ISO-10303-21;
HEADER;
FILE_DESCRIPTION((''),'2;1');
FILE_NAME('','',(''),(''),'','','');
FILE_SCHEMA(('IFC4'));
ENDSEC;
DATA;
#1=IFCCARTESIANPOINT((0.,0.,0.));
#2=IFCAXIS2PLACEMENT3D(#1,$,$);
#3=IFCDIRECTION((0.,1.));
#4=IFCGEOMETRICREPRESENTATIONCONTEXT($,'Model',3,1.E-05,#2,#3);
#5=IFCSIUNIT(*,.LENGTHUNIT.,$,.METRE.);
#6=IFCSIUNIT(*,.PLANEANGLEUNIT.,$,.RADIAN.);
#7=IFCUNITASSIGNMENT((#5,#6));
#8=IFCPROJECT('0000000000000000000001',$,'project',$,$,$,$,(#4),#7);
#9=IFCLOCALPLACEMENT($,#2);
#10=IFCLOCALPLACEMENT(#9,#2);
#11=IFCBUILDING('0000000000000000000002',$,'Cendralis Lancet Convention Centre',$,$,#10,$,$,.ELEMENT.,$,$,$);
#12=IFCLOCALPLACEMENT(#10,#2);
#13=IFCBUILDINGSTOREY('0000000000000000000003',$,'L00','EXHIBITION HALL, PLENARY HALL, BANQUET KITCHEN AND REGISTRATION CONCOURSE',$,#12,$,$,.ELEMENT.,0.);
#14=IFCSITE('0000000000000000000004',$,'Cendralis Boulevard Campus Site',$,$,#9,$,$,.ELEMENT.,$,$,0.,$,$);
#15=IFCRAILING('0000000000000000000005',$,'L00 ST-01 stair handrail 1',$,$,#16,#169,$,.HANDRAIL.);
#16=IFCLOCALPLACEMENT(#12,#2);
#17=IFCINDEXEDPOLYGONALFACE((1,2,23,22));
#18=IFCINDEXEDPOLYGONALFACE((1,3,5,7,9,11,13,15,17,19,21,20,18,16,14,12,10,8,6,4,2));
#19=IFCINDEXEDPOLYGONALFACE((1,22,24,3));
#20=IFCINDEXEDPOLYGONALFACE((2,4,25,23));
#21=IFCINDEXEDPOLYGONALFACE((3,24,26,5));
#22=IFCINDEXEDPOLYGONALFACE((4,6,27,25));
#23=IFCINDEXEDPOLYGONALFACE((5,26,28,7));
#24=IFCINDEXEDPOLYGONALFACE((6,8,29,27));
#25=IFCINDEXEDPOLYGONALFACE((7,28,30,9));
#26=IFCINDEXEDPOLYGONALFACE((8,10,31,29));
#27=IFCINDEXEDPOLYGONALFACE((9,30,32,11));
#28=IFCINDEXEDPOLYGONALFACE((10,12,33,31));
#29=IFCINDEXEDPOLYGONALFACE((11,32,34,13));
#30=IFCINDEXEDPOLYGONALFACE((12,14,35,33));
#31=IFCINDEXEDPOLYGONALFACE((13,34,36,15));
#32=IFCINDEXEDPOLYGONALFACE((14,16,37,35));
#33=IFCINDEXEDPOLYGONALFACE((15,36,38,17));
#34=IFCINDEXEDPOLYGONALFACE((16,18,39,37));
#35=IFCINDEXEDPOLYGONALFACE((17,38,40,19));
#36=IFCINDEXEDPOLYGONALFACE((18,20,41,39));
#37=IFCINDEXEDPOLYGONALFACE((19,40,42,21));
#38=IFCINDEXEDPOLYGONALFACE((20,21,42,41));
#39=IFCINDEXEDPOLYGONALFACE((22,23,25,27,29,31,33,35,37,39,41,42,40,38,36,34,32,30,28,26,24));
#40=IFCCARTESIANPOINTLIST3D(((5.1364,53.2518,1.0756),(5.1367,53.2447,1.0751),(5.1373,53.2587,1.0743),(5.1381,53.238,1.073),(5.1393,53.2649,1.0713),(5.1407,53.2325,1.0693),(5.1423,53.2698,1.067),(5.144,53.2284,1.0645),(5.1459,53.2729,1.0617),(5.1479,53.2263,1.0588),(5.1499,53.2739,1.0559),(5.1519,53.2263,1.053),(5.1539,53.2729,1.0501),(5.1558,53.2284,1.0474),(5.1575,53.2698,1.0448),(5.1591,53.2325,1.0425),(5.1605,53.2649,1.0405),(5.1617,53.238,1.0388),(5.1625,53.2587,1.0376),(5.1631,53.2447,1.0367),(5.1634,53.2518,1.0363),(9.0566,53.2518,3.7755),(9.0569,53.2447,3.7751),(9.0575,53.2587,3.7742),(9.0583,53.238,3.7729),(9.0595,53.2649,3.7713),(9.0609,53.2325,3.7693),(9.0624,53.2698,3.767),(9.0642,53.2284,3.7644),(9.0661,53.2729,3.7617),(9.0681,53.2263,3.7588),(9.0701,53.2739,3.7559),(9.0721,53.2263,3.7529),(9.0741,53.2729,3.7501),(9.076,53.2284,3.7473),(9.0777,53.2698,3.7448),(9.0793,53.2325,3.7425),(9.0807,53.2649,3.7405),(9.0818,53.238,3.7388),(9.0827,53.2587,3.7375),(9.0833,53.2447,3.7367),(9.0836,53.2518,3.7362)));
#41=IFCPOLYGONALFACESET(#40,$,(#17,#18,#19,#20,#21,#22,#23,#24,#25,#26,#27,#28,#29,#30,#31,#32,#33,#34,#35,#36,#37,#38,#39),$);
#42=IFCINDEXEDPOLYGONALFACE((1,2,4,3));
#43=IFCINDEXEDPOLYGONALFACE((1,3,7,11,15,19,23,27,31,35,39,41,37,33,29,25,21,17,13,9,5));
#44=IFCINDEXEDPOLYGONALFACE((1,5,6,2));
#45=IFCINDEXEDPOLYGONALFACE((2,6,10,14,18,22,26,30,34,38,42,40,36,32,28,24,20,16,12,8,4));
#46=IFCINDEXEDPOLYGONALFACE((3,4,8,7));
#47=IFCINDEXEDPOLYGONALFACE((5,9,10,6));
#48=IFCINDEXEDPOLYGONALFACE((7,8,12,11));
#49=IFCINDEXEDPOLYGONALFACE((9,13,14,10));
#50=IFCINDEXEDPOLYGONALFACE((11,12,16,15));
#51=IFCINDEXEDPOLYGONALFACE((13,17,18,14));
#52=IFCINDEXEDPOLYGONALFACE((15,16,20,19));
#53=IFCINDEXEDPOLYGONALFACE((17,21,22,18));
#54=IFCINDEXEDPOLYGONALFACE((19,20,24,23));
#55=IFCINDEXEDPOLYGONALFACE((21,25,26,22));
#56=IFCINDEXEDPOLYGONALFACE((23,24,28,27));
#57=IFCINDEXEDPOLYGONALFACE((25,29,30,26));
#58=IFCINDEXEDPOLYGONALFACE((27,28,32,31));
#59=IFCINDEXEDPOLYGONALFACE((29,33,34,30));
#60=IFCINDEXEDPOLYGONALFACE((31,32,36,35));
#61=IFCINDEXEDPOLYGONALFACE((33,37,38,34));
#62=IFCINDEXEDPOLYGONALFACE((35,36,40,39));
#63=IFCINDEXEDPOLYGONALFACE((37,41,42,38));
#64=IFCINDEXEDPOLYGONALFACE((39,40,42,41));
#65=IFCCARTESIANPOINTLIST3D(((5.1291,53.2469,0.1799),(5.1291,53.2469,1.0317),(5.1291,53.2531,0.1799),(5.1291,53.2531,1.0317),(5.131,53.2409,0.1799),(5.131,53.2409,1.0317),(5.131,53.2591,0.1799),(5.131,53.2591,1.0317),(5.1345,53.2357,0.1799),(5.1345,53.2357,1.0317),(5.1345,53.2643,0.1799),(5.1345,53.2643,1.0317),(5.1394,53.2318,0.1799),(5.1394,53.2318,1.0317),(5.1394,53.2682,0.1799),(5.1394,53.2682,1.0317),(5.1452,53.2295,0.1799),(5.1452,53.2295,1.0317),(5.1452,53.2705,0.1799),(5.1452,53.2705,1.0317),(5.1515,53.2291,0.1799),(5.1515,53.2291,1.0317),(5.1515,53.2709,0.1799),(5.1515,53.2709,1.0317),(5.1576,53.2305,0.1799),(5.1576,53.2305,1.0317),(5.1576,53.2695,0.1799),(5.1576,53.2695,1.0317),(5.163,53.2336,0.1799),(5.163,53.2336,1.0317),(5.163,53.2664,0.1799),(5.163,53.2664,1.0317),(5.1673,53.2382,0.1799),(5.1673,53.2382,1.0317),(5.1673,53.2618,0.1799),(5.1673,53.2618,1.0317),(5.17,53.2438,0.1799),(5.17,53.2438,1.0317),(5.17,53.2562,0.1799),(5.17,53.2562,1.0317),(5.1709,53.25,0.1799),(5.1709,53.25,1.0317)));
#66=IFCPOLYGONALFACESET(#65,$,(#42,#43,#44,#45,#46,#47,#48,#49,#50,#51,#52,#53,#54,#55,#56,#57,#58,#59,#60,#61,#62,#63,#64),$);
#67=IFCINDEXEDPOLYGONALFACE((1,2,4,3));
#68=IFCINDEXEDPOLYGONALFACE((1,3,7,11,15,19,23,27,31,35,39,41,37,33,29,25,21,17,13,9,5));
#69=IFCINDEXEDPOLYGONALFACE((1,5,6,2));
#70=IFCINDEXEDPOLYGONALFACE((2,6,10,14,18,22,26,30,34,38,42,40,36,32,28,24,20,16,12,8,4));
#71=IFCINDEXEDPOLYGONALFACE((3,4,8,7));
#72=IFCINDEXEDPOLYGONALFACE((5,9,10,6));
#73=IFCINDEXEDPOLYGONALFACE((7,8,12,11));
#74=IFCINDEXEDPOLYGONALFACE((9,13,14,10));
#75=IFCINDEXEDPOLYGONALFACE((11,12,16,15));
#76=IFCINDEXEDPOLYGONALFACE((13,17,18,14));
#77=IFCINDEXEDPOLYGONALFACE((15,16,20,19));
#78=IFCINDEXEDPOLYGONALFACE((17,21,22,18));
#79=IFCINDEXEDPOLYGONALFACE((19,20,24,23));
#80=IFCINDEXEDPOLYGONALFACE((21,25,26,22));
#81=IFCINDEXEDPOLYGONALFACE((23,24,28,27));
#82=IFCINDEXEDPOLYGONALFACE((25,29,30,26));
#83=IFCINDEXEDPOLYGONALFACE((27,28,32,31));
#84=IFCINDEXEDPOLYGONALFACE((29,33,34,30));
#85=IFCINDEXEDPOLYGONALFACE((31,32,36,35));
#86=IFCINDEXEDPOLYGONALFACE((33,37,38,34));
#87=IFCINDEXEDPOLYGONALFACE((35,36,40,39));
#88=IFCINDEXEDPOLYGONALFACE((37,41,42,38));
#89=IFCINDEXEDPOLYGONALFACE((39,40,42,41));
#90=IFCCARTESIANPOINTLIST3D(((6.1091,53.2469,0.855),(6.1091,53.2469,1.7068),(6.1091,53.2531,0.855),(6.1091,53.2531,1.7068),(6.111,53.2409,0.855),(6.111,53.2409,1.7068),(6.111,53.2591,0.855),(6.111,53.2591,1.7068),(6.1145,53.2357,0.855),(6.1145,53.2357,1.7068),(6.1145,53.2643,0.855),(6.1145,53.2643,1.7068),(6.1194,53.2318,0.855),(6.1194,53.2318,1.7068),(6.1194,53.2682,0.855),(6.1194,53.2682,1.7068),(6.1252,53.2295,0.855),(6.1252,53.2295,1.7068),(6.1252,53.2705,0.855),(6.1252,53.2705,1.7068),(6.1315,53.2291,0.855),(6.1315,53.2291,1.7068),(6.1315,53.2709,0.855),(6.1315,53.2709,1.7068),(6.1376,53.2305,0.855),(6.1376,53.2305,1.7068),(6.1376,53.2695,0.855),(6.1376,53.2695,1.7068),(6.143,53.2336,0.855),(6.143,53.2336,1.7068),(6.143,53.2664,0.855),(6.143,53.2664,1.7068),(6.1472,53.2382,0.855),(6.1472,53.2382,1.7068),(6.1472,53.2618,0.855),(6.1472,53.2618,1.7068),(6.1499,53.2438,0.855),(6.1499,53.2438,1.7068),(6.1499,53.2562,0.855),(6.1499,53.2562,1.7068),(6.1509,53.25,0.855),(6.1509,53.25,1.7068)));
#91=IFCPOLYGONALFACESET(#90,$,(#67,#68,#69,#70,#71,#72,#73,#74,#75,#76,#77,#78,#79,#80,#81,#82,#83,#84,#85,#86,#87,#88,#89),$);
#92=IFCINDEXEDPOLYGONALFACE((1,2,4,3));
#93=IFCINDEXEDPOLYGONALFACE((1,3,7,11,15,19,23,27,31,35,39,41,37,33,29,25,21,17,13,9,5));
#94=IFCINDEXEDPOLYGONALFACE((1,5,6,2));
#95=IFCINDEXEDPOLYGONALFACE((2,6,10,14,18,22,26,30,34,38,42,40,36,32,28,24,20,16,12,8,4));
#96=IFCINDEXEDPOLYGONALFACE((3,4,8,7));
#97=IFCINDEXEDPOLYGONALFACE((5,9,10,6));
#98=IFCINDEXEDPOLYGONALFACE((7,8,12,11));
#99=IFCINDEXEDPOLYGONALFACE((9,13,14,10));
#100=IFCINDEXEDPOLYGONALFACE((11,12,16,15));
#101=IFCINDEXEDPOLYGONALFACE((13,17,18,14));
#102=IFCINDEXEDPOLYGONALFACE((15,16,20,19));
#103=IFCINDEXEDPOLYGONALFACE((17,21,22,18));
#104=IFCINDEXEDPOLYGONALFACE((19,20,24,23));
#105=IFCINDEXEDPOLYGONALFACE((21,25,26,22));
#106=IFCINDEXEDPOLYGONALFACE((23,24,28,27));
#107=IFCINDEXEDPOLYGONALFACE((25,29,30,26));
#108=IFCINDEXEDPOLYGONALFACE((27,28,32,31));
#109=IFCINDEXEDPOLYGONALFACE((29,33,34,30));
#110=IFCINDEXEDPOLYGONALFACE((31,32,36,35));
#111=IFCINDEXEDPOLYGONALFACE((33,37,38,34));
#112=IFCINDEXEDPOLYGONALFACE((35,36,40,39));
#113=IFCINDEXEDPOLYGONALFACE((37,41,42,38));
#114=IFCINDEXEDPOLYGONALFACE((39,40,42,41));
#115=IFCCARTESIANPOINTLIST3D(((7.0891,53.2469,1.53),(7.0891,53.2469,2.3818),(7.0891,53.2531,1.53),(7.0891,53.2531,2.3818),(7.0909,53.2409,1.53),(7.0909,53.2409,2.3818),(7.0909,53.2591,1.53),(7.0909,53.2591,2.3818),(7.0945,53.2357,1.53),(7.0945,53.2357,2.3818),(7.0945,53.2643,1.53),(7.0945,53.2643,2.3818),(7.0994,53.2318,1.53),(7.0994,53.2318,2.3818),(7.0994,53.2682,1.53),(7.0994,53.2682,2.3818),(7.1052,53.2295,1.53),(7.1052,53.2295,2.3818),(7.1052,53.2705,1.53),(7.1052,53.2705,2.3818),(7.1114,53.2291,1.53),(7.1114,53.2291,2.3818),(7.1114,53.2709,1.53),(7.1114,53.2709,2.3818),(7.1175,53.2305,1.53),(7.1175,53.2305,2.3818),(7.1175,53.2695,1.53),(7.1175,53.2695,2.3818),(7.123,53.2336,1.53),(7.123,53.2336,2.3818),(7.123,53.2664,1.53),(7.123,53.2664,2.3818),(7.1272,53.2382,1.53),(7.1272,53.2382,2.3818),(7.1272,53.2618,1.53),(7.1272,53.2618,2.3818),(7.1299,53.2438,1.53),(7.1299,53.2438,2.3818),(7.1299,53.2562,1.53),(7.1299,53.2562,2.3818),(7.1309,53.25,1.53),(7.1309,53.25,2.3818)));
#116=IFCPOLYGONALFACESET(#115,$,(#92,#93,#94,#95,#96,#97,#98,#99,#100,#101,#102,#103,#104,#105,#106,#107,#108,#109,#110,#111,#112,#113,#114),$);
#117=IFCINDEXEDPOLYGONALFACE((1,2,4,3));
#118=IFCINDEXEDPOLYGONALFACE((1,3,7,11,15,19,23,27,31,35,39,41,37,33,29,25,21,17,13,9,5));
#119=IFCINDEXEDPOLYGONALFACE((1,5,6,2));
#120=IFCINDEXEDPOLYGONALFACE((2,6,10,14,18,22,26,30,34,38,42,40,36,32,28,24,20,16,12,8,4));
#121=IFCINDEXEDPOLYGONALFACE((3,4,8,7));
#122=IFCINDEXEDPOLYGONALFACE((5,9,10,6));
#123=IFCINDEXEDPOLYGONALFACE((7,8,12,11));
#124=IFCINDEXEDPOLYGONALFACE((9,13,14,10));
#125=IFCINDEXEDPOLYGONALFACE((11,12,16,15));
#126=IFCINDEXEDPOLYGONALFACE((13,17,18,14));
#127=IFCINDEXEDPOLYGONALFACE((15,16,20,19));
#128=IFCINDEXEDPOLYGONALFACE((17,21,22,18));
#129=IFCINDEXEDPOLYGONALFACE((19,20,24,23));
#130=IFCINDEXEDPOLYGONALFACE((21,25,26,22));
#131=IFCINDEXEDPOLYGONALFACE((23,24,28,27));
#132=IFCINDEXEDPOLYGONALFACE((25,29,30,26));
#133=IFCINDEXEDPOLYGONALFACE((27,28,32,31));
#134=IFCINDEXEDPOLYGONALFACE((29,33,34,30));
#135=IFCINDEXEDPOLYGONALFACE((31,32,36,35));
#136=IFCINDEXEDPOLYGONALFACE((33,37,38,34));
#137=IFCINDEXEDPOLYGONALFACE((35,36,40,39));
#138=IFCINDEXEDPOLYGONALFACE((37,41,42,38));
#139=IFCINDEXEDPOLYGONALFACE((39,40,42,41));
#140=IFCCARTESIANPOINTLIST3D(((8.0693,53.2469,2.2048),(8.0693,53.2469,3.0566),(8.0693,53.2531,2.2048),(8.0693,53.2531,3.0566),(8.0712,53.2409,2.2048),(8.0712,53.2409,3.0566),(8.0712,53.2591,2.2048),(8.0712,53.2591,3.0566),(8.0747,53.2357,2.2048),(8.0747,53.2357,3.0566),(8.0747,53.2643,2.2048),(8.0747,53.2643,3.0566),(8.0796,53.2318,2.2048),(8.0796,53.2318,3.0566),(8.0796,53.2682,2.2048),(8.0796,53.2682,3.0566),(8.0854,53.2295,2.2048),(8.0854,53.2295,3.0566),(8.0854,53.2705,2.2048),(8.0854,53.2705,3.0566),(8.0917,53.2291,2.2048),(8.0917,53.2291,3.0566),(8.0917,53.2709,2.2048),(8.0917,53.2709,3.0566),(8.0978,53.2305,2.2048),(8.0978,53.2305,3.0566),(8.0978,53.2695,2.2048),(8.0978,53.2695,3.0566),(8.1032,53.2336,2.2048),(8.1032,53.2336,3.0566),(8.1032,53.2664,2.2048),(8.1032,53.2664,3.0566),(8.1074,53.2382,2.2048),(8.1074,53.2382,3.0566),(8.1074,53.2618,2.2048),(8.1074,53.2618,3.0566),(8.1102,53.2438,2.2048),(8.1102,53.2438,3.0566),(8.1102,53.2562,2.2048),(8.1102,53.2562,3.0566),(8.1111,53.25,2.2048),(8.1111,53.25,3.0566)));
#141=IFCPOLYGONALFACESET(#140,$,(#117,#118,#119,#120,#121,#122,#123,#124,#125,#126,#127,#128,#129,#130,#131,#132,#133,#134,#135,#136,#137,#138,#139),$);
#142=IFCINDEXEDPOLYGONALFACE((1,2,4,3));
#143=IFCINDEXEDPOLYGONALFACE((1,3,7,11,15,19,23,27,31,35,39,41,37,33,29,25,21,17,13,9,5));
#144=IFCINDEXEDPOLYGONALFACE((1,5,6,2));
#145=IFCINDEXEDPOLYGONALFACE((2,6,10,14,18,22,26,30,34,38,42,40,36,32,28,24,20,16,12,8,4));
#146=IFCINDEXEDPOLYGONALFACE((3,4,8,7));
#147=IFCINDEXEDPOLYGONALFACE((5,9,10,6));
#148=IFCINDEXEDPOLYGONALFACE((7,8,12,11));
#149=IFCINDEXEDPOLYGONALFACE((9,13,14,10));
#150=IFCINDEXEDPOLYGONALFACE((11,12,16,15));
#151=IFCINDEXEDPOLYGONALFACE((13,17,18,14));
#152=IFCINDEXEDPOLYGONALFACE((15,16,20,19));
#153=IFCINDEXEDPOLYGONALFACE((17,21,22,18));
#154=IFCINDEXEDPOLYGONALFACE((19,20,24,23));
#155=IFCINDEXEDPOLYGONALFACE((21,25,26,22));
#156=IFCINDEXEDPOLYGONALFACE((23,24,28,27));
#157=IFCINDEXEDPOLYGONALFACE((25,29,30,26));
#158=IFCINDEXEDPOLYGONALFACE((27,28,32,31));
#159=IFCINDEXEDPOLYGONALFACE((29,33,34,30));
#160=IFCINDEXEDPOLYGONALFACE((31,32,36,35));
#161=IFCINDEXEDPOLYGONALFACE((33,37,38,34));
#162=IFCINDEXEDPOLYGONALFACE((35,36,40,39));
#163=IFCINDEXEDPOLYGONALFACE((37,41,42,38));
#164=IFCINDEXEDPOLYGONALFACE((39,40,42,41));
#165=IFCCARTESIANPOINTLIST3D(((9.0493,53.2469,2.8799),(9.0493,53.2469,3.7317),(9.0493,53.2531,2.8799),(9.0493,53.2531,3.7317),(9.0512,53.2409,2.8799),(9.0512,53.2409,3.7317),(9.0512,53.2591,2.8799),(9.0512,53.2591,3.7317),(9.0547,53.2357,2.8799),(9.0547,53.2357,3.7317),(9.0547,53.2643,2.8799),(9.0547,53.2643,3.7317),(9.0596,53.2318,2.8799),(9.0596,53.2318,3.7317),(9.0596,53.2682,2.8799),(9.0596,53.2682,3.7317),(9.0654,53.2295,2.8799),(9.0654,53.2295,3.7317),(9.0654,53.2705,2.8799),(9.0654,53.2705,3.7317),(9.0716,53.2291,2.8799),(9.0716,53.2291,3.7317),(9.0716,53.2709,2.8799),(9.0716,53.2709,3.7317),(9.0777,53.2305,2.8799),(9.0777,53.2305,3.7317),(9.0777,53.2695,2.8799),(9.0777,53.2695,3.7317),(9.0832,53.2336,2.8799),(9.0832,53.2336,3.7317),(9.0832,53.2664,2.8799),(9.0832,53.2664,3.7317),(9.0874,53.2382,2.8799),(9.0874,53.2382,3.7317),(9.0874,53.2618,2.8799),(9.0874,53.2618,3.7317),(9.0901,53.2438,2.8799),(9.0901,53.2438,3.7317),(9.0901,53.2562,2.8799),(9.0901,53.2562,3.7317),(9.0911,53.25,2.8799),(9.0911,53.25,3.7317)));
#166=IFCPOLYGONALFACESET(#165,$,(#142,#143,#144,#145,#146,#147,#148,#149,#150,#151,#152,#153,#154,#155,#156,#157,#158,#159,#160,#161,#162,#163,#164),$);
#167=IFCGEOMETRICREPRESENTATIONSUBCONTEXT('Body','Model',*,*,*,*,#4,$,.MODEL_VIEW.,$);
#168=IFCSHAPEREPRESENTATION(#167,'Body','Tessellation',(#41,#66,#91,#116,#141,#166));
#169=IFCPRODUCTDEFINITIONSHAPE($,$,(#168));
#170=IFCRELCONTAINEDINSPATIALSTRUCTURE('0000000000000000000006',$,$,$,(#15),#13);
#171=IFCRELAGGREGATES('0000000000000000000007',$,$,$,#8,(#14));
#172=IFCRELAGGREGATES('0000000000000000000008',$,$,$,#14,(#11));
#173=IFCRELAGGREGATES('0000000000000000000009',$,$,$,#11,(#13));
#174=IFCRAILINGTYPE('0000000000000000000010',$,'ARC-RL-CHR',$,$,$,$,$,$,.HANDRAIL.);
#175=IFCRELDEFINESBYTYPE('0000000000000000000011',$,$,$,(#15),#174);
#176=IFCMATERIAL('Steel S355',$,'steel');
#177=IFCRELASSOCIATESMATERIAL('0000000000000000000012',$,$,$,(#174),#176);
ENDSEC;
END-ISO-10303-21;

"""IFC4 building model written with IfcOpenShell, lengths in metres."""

from ifc_helpers import new_model, si_unit, direction, frame, origin, origin_2d, place, context, subcontext, project, spatial, circle, extrude, material, type_object, element, save


model = new_model("IFC4")

# Units and contexts
model_context = context("Model", 3, precision=1e-05, world=origin(), true_north=direction((0.0, 1.0)))
body_context = subcontext(model_context, "Body", "Model", "MODEL_VIEW")
ifc_project = project(units=[si_unit("LENGTHUNIT", "METRE"), si_unit("PLANEANGLEUNIT", "RADIAN")], contexts=[model_context])

# Site, building, storey
site_placement = place(None, origin())
site = spatial("IfcSite", under=ifc_project, at=site_placement, Name="Cendralis Boulevard Campus Site", CompositionType="ELEMENT", RefElevation=0.0)
building_placement = place(site_placement, origin())
building = spatial("IfcBuilding", under=site, at=building_placement, Name="Cendralis Lancet Convention Centre", CompositionType="ELEMENT")
storey_placement = place(building_placement, origin())
storey = spatial("IfcBuildingStorey", under=building, at=storey_placement, Name="L00", Description="EXHIBITION HALL, PLENARY HALL, BANQUET KITCHEN AND REGISTRATION CONCOURSE", CompositionType="ELEMENT", Elevation=0.0)

# Shared definitions
ifc_material_1 = material(Name="Steel S355", Category="steel")

# Railing
railing_type_1 = type_object("IfcRailingType", Name="ARC-RL-CHR", PredefinedType="HANDRAIL", material=ifc_material_1)
railing_1_placement = place(storey_placement, frame((5.1499, 53.25, 0.1799)))
element("IfcRailing", 1, at=railing_1_placement, inside=storey, type_object=railing_type_1, Name="L00 ST-01 stair handrail 1", PredefinedType="HANDRAIL", context=body_context, shape_type="SweptSolid", body=[
    extrude(circle(Radius=0.0239, at=origin_2d()), frame((0.0, 0.0, 0.876), z_axis=(0.823567, 0.0, 0.567219), x_axis=(0.0, 1.0, 0.0)), (0.0, 0.0, 1.0), 4.76),
    extrude(circle(Radius=0.021, at=origin_2d()), origin(), (0.0, 0.0, 1.0), 0.8518),
    extrude(circle(Radius=0.021, at=origin_2d()), frame((0.98, 0.0, 0.675)), (0.0, 0.0, 1.0), 0.8518),
    extrude(circle(Radius=0.021, at=origin_2d()), frame((1.96, 0.0, 1.3501)), (0.0, 0.0, 1.0), 0.8518),
    extrude(circle(Radius=0.021, at=origin_2d()), frame((2.9402, 0.0, 2.0249)), (0.0, 0.0, 1.0), 0.8518),
    extrude(circle(Radius=0.021, at=origin_2d()), frame((3.9202, 0.0, 2.7)), (0.0, 0.0, 1.0), 0.8518),
])

save(model, "model.ifc")
